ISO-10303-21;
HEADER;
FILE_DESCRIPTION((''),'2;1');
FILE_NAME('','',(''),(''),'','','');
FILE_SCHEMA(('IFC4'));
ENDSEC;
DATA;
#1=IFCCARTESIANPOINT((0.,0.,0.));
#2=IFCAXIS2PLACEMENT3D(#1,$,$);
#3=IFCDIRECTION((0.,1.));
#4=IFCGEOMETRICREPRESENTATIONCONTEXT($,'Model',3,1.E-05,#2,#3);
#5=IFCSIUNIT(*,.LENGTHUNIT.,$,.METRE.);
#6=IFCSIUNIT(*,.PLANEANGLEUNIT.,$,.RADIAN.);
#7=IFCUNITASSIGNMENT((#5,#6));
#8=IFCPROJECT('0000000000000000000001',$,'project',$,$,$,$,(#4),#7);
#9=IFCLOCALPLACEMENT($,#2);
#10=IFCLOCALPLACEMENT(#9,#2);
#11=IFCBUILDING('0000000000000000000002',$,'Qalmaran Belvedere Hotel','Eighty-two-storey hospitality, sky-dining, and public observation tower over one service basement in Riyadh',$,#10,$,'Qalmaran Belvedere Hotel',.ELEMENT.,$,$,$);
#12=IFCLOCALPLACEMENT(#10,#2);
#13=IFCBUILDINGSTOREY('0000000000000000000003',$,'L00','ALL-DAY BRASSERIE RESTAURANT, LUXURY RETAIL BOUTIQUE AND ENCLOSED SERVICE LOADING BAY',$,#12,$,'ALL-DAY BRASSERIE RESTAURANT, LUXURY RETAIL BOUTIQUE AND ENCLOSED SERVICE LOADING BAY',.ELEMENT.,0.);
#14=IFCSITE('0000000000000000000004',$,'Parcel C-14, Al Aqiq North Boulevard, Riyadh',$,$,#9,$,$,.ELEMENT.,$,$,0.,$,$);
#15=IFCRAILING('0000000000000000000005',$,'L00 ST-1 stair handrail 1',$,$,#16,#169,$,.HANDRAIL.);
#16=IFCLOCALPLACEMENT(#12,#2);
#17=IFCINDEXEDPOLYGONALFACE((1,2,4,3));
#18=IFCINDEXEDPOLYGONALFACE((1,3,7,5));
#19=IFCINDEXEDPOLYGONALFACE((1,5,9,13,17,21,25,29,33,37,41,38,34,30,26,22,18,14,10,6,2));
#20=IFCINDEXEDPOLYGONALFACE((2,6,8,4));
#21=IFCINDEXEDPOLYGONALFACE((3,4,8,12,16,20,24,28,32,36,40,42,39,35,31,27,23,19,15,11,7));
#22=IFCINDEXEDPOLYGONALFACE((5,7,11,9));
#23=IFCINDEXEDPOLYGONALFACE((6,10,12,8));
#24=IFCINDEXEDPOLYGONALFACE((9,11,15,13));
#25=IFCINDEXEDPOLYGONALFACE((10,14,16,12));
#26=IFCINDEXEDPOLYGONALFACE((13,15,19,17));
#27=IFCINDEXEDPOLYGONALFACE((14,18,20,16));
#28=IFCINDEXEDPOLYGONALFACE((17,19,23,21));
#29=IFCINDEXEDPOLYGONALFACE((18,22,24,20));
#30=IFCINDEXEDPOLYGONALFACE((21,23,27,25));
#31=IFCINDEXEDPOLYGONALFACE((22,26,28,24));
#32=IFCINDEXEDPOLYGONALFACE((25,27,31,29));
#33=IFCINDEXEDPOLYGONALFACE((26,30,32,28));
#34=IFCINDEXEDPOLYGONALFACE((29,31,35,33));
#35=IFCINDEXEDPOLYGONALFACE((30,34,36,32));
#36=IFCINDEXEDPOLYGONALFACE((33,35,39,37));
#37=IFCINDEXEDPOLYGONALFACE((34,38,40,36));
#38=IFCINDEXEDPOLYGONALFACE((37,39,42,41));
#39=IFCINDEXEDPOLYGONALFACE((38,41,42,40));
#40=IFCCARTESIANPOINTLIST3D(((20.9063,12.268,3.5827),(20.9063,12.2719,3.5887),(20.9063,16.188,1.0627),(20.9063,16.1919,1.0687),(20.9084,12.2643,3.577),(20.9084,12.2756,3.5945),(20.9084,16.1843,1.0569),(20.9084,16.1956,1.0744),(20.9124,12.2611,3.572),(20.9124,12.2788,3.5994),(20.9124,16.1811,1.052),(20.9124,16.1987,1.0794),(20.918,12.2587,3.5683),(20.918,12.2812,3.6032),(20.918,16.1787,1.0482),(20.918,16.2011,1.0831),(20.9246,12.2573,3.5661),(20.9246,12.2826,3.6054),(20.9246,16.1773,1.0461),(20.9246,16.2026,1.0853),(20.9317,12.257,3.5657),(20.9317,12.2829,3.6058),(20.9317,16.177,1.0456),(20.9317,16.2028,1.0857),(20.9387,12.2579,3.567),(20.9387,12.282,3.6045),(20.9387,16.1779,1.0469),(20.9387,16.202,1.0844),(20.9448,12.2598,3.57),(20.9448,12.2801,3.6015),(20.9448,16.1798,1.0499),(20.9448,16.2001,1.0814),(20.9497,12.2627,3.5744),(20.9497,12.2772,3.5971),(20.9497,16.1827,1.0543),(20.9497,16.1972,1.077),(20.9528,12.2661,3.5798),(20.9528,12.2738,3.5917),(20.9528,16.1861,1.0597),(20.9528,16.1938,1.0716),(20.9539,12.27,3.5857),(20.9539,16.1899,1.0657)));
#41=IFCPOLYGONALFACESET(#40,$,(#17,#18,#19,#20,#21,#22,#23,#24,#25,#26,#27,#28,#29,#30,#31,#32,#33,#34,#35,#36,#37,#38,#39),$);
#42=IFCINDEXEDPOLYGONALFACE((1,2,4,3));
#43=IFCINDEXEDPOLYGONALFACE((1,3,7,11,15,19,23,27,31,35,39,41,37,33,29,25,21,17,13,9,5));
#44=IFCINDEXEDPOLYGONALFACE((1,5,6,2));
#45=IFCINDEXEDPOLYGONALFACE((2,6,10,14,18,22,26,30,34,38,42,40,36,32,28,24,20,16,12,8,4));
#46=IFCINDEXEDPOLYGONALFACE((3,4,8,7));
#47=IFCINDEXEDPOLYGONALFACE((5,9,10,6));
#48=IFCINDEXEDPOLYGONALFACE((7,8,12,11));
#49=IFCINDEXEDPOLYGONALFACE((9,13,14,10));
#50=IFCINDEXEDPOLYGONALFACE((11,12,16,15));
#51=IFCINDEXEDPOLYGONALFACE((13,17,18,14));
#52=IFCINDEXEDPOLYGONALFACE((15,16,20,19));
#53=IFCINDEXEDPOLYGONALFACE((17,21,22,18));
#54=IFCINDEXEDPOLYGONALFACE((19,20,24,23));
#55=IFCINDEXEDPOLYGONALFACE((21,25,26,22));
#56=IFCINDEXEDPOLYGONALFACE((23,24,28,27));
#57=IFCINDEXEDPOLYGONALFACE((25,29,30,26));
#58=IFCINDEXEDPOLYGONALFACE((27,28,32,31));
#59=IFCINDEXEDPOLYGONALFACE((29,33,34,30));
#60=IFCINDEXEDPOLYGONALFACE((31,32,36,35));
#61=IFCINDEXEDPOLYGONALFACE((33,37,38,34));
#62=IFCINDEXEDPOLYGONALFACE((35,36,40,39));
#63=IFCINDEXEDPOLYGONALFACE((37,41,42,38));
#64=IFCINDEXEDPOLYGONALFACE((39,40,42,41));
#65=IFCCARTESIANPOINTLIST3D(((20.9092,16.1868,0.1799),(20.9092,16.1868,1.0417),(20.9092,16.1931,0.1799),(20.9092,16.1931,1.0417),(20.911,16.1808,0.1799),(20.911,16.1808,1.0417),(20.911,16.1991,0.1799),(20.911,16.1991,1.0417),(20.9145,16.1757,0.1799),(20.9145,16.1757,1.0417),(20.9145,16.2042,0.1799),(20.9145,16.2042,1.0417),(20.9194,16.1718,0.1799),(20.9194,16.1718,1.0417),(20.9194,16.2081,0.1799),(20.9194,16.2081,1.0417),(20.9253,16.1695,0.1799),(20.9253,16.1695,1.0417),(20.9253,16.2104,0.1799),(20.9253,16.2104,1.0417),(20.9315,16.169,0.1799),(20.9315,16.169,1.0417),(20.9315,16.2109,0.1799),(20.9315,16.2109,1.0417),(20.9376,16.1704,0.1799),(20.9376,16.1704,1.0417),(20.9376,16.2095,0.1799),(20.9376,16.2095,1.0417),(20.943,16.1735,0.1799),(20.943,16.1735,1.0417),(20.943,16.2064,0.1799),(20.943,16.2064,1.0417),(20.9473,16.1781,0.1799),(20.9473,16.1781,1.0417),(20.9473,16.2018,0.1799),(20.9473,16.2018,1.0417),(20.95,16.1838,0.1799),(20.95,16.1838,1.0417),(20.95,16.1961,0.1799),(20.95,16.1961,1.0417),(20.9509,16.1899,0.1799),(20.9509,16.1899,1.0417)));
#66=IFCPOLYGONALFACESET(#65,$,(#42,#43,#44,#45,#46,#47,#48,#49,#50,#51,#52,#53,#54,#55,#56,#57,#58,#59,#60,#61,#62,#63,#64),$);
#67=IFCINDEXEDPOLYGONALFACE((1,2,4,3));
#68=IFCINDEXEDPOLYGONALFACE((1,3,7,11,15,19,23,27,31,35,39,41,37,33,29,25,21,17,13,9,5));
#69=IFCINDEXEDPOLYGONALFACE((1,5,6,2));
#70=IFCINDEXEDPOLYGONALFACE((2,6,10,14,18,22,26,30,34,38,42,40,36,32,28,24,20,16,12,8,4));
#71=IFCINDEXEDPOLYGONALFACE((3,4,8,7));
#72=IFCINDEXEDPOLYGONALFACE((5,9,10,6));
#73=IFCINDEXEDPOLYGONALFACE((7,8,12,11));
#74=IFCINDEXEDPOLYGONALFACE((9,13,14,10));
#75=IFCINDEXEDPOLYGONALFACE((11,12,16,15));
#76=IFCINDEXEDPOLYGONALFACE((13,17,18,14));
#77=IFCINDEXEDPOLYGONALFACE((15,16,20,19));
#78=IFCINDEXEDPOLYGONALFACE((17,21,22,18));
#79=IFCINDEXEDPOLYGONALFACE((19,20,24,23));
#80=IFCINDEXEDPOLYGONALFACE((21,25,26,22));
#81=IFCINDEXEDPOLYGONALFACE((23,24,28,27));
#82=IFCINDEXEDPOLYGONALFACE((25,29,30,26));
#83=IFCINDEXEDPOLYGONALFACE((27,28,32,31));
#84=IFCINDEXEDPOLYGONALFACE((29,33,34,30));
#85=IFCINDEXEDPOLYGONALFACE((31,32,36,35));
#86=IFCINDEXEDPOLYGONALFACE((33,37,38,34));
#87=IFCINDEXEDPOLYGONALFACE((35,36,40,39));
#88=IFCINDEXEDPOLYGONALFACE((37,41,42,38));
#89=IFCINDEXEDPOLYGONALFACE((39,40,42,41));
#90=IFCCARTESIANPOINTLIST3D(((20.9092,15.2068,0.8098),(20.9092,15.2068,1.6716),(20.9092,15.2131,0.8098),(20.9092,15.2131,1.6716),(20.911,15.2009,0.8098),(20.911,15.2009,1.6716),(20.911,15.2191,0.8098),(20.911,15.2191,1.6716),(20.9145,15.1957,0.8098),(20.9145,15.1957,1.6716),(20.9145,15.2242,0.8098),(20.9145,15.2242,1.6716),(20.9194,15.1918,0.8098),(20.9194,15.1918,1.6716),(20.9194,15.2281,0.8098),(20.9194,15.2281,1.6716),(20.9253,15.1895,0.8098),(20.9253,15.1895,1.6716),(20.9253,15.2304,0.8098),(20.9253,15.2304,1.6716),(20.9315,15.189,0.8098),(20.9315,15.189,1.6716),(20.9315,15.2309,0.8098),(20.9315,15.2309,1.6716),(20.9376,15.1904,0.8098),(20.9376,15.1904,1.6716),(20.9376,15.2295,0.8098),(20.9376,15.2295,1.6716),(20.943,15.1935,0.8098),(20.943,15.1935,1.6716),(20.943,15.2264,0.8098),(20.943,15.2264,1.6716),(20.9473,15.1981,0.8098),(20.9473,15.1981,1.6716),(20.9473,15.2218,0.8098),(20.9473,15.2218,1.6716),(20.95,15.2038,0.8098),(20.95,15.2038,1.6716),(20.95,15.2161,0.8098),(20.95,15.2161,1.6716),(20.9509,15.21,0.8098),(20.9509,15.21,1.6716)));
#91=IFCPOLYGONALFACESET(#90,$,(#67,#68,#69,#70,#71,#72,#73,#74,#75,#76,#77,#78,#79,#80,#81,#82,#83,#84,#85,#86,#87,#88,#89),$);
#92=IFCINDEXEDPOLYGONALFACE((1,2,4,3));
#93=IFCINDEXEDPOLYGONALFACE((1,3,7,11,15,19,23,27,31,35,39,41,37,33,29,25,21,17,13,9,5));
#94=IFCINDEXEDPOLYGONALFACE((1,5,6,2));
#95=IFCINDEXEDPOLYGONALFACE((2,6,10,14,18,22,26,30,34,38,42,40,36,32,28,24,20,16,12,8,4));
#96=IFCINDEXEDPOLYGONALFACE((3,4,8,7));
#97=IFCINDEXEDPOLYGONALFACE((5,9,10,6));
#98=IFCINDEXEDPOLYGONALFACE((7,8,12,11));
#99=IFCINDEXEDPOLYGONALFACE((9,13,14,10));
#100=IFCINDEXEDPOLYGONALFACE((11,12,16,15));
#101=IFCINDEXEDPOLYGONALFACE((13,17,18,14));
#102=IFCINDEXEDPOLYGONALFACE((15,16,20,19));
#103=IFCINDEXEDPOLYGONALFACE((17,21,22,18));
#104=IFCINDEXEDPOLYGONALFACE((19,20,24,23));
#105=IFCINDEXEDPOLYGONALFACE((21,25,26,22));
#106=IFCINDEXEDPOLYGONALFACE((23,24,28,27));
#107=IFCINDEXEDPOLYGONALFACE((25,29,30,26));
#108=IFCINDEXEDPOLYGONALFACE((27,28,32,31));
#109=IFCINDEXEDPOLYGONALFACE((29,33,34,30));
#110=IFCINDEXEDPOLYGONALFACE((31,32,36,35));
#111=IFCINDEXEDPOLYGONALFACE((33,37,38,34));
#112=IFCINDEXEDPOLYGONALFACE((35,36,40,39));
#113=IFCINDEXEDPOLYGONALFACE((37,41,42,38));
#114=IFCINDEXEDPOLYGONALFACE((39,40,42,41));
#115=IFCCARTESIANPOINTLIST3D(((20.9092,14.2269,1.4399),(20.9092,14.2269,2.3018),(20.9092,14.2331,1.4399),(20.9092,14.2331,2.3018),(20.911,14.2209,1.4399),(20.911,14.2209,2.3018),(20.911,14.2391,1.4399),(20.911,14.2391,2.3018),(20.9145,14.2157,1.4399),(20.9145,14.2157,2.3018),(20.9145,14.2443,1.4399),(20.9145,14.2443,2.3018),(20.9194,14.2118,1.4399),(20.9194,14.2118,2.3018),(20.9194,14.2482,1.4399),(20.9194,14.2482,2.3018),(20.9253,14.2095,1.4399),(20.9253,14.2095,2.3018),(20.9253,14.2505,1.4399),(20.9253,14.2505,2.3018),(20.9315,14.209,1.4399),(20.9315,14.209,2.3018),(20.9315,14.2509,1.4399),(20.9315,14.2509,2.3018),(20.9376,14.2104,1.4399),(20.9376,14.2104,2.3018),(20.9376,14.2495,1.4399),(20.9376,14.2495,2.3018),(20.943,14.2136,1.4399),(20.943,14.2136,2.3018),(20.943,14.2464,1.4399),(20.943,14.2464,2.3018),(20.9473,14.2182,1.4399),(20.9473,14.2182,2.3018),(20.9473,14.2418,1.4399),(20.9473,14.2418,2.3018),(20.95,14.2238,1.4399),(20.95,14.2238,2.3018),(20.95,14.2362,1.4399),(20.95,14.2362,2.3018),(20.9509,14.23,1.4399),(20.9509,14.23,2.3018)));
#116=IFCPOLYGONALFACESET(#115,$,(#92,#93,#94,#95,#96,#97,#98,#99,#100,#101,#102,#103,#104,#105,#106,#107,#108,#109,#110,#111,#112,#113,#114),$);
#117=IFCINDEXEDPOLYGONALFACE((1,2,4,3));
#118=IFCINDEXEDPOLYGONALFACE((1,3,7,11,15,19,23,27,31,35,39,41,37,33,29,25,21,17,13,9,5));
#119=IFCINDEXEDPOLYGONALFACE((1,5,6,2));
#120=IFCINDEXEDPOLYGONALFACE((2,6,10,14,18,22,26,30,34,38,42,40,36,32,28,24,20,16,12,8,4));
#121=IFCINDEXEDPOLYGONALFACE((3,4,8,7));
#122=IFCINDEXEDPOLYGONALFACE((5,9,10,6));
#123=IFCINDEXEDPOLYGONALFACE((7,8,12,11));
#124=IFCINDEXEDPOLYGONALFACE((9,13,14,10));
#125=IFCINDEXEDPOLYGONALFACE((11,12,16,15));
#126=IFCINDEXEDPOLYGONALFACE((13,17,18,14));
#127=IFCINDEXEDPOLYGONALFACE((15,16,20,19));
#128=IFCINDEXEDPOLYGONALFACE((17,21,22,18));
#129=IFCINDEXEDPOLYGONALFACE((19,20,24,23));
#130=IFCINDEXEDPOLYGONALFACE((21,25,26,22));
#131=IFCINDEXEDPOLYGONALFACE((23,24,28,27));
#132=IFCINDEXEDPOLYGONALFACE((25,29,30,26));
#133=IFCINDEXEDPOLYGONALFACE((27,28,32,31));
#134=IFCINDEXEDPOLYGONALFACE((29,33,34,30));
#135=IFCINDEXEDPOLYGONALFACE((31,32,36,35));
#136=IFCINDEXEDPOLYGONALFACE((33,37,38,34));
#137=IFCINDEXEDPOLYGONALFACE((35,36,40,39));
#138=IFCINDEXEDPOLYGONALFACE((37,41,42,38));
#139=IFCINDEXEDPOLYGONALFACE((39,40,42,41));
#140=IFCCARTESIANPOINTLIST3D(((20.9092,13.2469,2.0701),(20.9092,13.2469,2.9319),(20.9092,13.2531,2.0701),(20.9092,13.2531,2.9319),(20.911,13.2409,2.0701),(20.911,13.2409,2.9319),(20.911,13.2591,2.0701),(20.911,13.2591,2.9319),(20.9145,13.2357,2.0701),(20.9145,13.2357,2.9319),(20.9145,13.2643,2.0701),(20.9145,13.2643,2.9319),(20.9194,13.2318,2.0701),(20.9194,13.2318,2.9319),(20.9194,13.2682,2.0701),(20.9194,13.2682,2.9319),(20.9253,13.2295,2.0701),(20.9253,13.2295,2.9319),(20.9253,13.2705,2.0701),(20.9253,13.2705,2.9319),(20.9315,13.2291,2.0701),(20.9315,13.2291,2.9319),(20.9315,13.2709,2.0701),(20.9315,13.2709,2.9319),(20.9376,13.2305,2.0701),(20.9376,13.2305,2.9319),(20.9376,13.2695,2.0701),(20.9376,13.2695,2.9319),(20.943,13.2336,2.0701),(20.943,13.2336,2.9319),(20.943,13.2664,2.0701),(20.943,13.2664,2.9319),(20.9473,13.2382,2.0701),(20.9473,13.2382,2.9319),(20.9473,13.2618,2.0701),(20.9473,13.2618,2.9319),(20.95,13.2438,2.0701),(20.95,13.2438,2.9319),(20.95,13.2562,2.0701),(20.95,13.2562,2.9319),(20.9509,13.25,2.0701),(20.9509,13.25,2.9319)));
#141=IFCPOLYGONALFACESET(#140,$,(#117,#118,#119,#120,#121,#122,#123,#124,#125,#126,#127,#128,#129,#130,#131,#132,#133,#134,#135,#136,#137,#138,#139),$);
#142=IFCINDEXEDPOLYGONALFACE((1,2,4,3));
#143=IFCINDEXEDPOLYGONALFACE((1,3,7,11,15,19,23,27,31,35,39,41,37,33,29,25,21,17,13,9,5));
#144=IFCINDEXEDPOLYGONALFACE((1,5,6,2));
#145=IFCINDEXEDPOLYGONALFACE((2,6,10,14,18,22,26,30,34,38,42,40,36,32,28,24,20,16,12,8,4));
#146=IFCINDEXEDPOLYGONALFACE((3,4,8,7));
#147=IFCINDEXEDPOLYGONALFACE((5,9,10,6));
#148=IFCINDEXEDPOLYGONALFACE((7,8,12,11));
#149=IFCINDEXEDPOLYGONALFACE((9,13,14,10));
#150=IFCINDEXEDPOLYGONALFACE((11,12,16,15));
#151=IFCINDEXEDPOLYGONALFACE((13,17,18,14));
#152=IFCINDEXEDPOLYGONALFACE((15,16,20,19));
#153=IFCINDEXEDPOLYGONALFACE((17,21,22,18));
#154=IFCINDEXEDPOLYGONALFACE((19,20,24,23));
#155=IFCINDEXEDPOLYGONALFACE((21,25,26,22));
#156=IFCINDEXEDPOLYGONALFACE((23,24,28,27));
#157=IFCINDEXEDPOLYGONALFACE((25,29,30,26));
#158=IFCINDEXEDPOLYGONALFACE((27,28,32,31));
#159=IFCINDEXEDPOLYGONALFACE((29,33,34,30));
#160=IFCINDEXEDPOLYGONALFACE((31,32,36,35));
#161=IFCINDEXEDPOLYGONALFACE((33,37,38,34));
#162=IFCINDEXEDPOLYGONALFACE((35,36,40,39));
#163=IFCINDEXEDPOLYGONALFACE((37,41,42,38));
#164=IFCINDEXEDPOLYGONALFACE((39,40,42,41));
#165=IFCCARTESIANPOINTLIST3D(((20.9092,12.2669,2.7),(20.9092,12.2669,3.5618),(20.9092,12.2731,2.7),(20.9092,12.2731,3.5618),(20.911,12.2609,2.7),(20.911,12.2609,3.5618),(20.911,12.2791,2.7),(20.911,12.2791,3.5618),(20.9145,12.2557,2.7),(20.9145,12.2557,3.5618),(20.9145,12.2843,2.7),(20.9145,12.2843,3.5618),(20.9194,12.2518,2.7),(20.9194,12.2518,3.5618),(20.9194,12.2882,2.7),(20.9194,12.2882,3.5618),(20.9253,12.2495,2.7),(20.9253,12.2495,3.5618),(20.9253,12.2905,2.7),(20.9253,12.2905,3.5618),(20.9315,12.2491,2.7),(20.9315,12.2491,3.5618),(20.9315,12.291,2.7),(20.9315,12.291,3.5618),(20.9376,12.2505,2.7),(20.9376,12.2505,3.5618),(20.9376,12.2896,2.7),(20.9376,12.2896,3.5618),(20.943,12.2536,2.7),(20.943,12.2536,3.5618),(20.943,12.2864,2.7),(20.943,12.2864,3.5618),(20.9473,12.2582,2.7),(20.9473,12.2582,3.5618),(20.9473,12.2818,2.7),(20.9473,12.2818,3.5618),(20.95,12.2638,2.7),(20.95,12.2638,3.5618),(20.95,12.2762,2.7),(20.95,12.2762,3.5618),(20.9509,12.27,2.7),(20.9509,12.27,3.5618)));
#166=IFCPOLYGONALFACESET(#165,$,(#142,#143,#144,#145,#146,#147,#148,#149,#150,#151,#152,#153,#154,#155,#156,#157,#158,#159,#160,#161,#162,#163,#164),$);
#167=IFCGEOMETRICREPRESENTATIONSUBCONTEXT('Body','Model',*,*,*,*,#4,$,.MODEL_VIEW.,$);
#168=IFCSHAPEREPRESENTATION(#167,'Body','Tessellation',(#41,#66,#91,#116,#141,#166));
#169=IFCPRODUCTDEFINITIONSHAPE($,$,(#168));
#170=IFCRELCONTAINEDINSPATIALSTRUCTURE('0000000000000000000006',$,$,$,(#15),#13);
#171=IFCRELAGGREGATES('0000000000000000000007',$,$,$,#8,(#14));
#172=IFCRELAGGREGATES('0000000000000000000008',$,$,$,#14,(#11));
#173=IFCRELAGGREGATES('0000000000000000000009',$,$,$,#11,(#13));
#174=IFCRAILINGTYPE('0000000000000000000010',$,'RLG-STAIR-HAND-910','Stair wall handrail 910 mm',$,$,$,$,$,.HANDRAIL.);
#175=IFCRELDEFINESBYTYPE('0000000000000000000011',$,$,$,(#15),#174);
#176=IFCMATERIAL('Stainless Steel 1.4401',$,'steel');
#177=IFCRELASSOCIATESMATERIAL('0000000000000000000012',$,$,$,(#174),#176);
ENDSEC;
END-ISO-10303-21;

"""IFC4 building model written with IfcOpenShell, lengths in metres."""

from ifc_helpers import new_model, si_unit, direction, frame, origin, origin_2d, place, context, subcontext, project, spatial, circle, extrude, material, type_object, element, save


model = new_model("IFC4")

# Units and contexts
model_context = context("Model", 3, precision=1e-05, world=origin(), true_north=direction((0.0, 1.0)))
body_context = subcontext(model_context, "Body", "Model", "MODEL_VIEW")
ifc_project = project(units=[si_unit("LENGTHUNIT", "METRE"), si_unit("PLANEANGLEUNIT", "RADIAN")], contexts=[model_context])

# Site, building, storey
site_placement = place(None, origin())
site = spatial("IfcSite", under=ifc_project, at=site_placement, Name="Parcel C-14, Al Aqiq North Boulevard, Riyadh", CompositionType="ELEMENT", RefElevation=0.0)
building_placement = place(site_placement, origin())
building = spatial("IfcBuilding", under=site, at=building_placement, Name="Qalmaran Belvedere Hotel", Description="Eighty-two-storey hospitality, sky-dining, and public observation tower over one service basement in Riyadh", LongName="Qalmaran Belvedere Hotel", CompositionType="ELEMENT")
storey_placement = place(building_placement, origin())
storey = spatial("IfcBuildingStorey", under=building, at=storey_placement, Name="L00", Description="ALL-DAY BRASSERIE RESTAURANT, LUXURY RETAIL BOUTIQUE AND ENCLOSED SERVICE LOADING BAY", LongName="ALL-DAY BRASSERIE RESTAURANT, LUXURY RETAIL BOUTIQUE AND ENCLOSED SERVICE LOADING BAY", CompositionType="ELEMENT", Elevation=0.0)

# Shared definitions
ifc_material_1 = material(Name="Stainless Steel 1.4401", Category="steel")

# Railing
railing_type_1 = type_object("IfcRailingType", Name="RLG-STAIR-HAND-910", Description="Stair wall handrail 910 mm", PredefinedType="HANDRAIL", material=ifc_material_1)
railing_1_placement = place(storey_placement, frame((20.9299, 16.1899, 0.1799)))
element("IfcRailing", 1, at=railing_1_placement, inside=storey, type_object=railing_type_1, Name="L00 ST-1 stair handrail 1", PredefinedType="HANDRAIL", context=body_context, shape_type="SweptSolid", body=[
    extrude(circle(Radius=0.0239, at=origin_2d()), frame((0.0, 0.0, 0.8857), z_axis=(0.0, -0.841172, 0.540768), x_axis=(1.0, 0.0, 0.0)), (0.0, 0.0, 1.0), 4.6602),
    extrude(circle(Radius=0.021, at=origin_2d()), origin(), (0.0, 0.0, 1.0), 0.8618),
    extrude(circle(Radius=0.021, at=origin_2d()), frame((0.0, -0.98, 0.6299)), (0.0, 0.0, 1.0), 0.8618),
    extrude(circle(Radius=0.021, at=origin_2d()), frame((0.0, -1.96, 1.26)), (0.0, 0.0, 1.0), 0.8618),
    extrude(circle(Radius=0.021, at=origin_2d()), frame((0.0, -2.9399, 1.8901)), (0.0, 0.0, 1.0), 0.8618),
    extrude(circle(Radius=0.021, at=origin_2d()), frame((0.0, -3.9199, 2.52)), (0.0, 0.0, 1.0), 0.8618),
])

save(model, "model.ifc")
